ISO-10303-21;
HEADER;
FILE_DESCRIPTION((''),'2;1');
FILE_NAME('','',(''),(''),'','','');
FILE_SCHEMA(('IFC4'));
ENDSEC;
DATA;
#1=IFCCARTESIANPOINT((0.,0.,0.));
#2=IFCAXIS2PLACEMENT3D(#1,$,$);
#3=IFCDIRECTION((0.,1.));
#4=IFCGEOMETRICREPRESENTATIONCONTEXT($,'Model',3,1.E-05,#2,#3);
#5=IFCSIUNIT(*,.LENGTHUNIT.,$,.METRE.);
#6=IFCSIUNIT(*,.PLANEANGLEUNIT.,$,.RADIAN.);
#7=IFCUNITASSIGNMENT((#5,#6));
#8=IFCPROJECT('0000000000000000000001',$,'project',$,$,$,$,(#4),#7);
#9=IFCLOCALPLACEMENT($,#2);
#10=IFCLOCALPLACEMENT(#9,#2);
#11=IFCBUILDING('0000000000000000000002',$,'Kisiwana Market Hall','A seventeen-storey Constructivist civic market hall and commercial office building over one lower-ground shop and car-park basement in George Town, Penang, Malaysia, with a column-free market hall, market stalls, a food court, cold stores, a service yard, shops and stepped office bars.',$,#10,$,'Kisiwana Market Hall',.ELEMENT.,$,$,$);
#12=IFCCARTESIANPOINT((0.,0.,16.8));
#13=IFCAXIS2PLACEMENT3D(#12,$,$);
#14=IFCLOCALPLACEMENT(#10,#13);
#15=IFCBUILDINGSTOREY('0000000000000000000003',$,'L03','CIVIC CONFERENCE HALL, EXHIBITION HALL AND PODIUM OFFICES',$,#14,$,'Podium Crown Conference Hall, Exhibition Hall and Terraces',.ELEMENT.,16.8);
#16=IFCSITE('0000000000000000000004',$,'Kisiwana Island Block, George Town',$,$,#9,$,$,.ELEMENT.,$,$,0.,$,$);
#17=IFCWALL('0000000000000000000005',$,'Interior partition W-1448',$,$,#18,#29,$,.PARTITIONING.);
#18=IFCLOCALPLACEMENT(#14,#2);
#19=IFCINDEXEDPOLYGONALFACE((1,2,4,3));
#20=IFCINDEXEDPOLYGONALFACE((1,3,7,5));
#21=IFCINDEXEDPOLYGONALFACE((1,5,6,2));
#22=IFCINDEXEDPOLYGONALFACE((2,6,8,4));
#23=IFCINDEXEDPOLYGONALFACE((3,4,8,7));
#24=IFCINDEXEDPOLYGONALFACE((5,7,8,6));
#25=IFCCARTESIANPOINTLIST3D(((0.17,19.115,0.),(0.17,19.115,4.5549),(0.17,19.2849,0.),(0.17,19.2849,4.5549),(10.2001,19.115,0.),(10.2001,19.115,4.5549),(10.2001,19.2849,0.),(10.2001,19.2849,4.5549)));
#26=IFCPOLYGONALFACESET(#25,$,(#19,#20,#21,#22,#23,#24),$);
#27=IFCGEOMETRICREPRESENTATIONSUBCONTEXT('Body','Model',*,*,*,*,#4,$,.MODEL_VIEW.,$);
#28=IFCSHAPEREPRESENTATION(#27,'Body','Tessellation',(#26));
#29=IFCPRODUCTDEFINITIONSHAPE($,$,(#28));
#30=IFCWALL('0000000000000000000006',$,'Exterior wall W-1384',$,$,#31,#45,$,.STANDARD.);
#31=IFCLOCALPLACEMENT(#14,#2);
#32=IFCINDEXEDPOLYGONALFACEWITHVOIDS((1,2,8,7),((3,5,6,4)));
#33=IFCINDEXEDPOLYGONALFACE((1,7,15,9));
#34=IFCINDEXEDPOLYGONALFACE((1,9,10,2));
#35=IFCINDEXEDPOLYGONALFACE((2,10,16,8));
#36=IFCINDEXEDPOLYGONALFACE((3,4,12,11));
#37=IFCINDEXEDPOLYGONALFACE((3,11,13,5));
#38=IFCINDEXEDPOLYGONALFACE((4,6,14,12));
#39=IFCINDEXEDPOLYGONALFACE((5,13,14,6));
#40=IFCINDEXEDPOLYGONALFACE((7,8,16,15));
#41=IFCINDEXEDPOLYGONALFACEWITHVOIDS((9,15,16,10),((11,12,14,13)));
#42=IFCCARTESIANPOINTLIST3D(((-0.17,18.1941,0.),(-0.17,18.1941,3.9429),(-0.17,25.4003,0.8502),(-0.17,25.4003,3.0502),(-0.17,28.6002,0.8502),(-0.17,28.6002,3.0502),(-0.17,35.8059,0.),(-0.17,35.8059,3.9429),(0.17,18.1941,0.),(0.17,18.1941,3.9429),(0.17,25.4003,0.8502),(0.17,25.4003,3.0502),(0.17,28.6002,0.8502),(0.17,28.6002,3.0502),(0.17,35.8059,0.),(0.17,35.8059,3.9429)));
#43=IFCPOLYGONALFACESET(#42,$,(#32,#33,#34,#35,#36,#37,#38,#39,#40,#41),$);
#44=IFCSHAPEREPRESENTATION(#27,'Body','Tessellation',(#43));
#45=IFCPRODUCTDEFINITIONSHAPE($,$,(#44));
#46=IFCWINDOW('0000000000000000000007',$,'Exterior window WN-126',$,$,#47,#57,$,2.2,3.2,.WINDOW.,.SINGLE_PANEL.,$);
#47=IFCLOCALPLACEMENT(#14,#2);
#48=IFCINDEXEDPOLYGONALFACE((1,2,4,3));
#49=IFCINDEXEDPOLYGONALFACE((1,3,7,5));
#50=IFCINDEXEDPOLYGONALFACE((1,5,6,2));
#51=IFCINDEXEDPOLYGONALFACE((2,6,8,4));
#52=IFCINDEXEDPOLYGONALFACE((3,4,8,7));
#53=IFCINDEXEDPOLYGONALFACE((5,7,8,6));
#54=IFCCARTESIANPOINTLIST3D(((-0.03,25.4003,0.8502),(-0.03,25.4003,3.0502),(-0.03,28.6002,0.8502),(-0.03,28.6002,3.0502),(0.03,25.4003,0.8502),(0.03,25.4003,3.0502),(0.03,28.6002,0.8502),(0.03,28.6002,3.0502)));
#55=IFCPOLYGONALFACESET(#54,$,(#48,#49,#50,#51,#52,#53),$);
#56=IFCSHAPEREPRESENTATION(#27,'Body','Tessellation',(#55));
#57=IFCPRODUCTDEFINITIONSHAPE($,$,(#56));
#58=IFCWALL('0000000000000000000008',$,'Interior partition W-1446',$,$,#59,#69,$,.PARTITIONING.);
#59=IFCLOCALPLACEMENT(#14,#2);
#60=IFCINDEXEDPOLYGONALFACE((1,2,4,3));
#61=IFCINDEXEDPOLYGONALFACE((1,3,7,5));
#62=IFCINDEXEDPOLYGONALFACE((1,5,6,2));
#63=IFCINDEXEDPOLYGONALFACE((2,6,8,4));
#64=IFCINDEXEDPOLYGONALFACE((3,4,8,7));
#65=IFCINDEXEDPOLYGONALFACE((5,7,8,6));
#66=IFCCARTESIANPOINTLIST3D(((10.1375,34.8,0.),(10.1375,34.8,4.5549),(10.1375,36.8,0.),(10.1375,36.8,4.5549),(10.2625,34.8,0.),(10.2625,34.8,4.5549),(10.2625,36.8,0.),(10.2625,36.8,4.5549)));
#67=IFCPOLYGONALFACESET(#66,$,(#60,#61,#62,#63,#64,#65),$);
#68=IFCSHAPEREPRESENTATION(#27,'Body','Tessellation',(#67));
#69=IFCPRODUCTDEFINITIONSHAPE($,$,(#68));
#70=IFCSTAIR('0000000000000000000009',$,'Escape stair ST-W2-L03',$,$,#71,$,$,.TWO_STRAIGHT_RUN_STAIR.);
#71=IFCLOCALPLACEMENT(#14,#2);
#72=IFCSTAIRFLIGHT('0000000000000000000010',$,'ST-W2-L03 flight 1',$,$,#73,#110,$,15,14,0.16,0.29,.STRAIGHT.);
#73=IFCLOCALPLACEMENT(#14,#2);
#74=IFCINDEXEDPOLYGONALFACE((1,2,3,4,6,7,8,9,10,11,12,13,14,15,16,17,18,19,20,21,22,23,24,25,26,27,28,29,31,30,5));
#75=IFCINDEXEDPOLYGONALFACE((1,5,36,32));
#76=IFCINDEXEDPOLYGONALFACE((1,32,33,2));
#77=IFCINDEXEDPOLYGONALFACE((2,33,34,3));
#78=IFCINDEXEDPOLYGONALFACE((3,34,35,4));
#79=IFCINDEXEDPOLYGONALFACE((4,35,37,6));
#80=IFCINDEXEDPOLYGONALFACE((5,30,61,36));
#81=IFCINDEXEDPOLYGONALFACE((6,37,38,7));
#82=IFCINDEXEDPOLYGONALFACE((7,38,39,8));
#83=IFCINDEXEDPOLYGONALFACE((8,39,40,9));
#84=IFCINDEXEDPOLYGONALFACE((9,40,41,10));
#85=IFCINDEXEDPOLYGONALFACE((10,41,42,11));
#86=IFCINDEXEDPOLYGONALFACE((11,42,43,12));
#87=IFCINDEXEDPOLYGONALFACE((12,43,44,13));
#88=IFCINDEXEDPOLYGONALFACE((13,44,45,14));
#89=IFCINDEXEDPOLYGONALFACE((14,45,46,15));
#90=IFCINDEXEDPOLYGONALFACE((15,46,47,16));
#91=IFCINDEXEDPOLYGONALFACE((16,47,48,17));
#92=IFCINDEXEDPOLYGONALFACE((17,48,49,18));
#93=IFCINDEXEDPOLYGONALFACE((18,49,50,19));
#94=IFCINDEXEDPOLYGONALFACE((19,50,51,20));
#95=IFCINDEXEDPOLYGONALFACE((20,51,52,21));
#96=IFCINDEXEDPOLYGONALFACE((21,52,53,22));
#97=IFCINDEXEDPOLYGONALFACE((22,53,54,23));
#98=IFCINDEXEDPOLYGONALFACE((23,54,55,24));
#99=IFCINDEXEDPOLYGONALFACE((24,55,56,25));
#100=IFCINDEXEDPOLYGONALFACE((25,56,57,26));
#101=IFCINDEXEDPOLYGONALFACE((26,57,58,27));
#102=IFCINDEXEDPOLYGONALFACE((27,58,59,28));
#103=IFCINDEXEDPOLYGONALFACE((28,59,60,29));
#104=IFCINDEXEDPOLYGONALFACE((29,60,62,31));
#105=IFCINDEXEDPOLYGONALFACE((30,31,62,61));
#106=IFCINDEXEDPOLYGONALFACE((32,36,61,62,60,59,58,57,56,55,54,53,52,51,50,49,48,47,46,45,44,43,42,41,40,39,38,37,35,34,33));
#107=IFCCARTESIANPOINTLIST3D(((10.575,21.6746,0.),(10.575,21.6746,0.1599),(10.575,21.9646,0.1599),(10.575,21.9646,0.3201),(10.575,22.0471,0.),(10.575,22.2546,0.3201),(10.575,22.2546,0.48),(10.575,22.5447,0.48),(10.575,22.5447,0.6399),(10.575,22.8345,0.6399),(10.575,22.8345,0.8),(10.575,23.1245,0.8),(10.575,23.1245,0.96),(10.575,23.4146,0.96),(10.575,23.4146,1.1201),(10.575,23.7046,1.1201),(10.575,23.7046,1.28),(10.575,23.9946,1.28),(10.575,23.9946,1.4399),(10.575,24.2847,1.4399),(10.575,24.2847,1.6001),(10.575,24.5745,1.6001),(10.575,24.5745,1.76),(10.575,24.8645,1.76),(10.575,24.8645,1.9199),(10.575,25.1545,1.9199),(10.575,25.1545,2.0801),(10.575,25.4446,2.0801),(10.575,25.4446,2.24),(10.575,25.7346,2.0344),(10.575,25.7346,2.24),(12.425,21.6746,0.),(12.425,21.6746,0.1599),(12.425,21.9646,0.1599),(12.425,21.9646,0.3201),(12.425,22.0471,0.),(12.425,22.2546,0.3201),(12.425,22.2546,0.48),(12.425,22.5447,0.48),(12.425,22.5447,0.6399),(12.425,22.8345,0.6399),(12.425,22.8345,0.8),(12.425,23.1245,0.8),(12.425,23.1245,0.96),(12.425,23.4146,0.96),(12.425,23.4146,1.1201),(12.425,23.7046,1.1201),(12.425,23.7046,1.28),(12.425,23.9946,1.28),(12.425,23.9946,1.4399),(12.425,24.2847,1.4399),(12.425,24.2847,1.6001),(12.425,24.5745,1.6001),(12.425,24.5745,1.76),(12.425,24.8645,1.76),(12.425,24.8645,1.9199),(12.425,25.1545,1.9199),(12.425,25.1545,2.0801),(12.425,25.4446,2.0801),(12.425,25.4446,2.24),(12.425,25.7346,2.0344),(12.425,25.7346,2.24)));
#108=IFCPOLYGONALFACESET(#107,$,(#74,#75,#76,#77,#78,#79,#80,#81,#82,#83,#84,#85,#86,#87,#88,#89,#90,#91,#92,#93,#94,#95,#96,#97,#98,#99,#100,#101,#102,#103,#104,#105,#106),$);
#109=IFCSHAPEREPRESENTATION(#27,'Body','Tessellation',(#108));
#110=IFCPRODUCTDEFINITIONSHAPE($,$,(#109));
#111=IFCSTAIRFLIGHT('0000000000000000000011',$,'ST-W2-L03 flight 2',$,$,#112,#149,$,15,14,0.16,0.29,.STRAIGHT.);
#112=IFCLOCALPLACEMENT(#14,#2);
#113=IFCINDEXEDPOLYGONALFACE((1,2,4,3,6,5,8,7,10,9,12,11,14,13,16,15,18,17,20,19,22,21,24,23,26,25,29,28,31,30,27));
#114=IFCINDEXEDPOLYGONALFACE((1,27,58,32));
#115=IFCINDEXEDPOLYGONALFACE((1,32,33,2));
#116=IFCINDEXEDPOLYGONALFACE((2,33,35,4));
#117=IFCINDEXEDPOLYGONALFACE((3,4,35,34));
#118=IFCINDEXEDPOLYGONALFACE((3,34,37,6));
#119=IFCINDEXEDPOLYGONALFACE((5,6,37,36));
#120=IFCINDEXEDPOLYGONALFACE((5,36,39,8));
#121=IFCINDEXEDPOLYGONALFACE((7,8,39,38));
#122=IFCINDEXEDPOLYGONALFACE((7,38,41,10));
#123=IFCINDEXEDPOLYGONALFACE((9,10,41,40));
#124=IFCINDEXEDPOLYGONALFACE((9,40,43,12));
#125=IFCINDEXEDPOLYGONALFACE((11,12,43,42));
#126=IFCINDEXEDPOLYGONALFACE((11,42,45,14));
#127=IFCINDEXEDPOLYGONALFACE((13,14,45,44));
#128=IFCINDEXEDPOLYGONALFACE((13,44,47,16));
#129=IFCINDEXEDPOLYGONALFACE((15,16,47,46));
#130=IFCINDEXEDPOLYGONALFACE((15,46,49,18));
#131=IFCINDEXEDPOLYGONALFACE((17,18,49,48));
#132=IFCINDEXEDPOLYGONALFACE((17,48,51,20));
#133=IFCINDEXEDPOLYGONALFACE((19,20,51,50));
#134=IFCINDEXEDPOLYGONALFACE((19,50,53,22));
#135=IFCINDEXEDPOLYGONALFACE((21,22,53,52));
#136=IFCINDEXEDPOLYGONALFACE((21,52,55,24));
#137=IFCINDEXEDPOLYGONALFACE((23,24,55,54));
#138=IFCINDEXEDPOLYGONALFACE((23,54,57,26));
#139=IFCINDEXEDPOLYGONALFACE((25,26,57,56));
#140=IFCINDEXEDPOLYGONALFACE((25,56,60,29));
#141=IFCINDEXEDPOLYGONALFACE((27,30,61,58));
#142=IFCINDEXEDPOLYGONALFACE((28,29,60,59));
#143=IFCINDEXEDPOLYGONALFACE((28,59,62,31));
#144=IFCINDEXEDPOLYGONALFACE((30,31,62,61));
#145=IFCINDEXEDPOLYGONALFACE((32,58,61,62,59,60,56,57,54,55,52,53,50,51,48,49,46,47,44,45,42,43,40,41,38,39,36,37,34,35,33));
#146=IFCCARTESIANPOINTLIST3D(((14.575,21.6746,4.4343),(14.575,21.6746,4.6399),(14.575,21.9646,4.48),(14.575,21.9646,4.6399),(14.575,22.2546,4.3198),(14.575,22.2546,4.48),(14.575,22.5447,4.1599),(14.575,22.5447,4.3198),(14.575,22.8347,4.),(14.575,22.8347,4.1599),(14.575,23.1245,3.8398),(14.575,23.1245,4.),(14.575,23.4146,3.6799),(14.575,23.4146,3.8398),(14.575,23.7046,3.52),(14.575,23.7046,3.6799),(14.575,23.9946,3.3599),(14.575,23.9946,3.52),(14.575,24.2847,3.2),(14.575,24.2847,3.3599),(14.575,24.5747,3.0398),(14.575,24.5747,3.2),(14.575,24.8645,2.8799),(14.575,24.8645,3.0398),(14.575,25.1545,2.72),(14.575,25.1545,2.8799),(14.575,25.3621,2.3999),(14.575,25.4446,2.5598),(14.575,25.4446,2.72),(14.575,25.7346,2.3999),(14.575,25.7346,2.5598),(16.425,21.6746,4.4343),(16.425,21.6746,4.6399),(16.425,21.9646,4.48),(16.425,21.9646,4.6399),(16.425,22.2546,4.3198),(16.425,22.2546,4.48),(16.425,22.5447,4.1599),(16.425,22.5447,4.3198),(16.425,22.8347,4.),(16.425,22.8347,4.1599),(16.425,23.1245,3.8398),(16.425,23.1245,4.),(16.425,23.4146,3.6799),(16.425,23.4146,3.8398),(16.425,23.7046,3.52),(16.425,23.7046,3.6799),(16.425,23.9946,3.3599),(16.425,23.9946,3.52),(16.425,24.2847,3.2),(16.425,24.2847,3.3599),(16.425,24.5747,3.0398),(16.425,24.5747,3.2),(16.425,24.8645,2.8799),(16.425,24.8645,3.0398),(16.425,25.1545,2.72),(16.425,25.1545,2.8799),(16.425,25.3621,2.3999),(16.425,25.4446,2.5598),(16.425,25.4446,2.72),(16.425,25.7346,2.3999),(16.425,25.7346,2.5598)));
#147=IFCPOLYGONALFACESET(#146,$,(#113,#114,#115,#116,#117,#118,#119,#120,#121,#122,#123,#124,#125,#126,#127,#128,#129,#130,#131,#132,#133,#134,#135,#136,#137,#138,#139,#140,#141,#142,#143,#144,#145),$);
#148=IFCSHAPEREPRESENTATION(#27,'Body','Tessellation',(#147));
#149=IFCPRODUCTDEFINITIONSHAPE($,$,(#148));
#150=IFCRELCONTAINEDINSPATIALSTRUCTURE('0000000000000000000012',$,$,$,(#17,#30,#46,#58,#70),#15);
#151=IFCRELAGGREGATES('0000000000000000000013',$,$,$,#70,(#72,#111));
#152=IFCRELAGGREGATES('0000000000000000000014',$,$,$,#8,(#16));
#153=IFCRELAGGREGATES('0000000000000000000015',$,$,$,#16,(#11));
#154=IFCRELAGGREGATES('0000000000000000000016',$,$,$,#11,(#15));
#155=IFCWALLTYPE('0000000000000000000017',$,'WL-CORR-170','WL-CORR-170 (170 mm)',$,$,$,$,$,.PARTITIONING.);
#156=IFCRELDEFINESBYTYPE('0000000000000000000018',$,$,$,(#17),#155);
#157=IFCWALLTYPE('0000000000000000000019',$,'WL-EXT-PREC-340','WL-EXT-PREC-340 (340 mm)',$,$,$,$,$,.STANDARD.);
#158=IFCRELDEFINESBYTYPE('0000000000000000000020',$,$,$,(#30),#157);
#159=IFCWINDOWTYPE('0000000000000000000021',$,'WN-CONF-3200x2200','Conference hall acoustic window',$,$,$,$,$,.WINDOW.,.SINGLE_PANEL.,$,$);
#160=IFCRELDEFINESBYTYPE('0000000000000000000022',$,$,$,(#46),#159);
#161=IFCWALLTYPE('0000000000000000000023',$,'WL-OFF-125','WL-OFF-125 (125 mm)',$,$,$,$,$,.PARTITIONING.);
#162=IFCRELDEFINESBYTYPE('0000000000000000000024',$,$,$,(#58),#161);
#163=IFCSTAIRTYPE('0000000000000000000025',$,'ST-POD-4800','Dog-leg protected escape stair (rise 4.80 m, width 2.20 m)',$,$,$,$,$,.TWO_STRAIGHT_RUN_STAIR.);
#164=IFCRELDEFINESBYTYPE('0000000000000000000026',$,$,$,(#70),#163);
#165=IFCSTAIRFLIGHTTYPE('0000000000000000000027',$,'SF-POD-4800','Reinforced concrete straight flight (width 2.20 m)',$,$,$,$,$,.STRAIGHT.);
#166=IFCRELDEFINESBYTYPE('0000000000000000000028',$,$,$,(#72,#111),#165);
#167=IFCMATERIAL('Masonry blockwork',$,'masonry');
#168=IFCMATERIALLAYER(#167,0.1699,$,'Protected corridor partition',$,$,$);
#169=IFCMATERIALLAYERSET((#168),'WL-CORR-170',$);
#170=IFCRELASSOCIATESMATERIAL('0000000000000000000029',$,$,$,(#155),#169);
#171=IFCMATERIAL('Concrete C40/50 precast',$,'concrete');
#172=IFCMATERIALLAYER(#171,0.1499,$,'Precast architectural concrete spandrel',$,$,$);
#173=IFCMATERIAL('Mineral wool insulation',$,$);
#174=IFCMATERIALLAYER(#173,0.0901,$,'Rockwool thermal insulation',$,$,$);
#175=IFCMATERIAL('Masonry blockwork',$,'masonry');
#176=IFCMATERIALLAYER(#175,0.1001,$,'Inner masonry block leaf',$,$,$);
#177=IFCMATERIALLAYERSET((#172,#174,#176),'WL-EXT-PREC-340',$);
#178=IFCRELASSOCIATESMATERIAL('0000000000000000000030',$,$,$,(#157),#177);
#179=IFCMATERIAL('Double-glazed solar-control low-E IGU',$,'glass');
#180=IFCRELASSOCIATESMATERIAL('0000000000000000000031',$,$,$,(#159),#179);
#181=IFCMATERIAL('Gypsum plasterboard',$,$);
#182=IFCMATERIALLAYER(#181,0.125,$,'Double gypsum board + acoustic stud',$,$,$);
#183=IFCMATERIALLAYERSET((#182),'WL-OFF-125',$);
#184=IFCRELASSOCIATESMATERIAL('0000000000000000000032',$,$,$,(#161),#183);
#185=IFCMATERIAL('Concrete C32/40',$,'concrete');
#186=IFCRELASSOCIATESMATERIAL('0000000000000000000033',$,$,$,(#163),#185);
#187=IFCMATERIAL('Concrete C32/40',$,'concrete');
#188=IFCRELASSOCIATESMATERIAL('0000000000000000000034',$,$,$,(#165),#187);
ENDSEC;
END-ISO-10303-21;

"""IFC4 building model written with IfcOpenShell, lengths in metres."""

from ifc_helpers import new_model, si_unit, direction, frame, frame_2d, origin, place, context, subcontext, project, spatial, polyline, rectangle, outline, extrude, material, layer, layer_set, type_object, element, fill, aggregate, save


model = new_model("IFC4")

# Units and contexts
model_context = context("Model", 3, precision=1e-05, world=origin(), true_north=direction((0.0, 1.0)))
body_context = subcontext(model_context, "Body", "Model", "MODEL_VIEW")
ifc_project = project(units=[si_unit("LENGTHUNIT", "METRE"), si_unit("PLANEANGLEUNIT", "RADIAN")], contexts=[model_context])

# Site, building, storey
site_placement = place(None, origin())
site = spatial("IfcSite", under=ifc_project, at=site_placement, Name="Kisiwana Island Block, George Town", CompositionType="ELEMENT", RefElevation=0.0)
building_placement = place(site_placement, origin())
building = spatial("IfcBuilding", under=site, at=building_placement, Name="Kisiwana Market Hall", Description="A seventeen-storey Constructivist civic market hall and commercial office building over one lower-ground shop and car-park basement in George Town, Penang, Malaysia, with a column-free market hall, market stalls, a food court, cold stores, a service yard, shops and stepped office bars.", LongName="Kisiwana Market Hall", CompositionType="ELEMENT")
storey_placement = place(building_placement, frame((0.0, 0.0, 16.8)))
storey = spatial("IfcBuildingStorey", under=building, at=storey_placement, Name="L03", Description="CIVIC CONFERENCE HALL, EXHIBITION HALL AND PODIUM OFFICES", LongName="Podium Crown Conference Hall, Exhibition Hall and Terraces", CompositionType="ELEMENT", Elevation=16.8)

# Wall
ifc_material_1 = material(Name="Masonry blockwork", Category="masonry")
ifc_layer_1 = layer(ifc_material_1, 0.1699, Name="Protected corridor partition")
ifc_layer_set_1 = layer_set([ifc_layer_1], Name="WL-CORR-170")
wall_type_1 = type_object("IfcWallType", Name="WL-CORR-170", Description="WL-CORR-170 (170 mm)", PredefinedType="PARTITIONING", material=ifc_layer_set_1)
wall_1_placement = place(storey_placement, frame((0.1699, 19.2, 0.0), z_axis=(0.0, 0.0, 1.0), x_axis=(1.0, 0.0, 0.0)))
element("IfcWall", 1, at=wall_1_placement, inside=storey, type_object=wall_type_1, Name="Interior partition W-1448", PredefinedType="PARTITIONING", context=body_context, shape_type="SweptSolid", body=[
    extrude(rectangle(XDim=10.03, YDim=0.1699, at=frame_2d((5.0151, 0.0))), origin(), (0.0, 0.0, 1.0), 4.5549),
])

# Wall, opening, window
ifc_material_2 = material(Name="Concrete C40/50 precast", Category="concrete")
ifc_layer_2 = layer(ifc_material_2, 0.1499, Name="Precast architectural concrete spandrel")
ifc_material_3 = material(Name="Mineral wool insulation")
ifc_layer_3 = layer(ifc_material_3, 0.0901, Name="Rockwool thermal insulation")
ifc_material_4 = material(Name="Masonry blockwork", Category="masonry")
ifc_layer_4 = layer(ifc_material_4, 0.1001, Name="Inner masonry block leaf")
ifc_layer_set_2 = layer_set([ifc_layer_2, ifc_layer_3, ifc_layer_4], Name="WL-EXT-PREC-340")
wall_type_2 = type_object("IfcWallType", Name="WL-EXT-PREC-340", Description="WL-EXT-PREC-340 (340 mm)", PredefinedType="STANDARD", material=ifc_layer_set_2)
wall_2_placement = place(storey_placement, frame((0.0, 18.1941, 0.0), z_axis=(0.0, 0.0, 1.0), x_axis=(0.0, 1.0, 0.0)))
wall_2 = element("IfcWall", 2, at=wall_2_placement, inside=storey, type_object=wall_type_2, Name="Exterior wall W-1384", PredefinedType="STANDARD", context=body_context, shape_type="SweptSolid", body=[
    extrude(rectangle(XDim=17.6118, YDim=0.3401, at=frame_2d((8.8059, 0.0))), origin(), (0.0, 0.0, 1.0), 3.9429),
])
opening_1_placement = place(wall_2_placement, frame((7.2061, 0.0, 0.8501)))
opening_1 = element("IfcOpeningElement", 3, at=opening_1_placement, cuts=wall_2, PredefinedType="OPENING", context=body_context, shape_type="SweptSolid", body=[
    extrude(rectangle(XDim=3.2, YDim=2.2, at=frame_2d((1.6001, 1.1001))), frame((0.0, 0.1821, 0.0), z_axis=(0.0, -1.0, 0.0), x_axis=(1.0, 0.0, 0.0)), (0.0, 0.0, 1.0), 0.364),
])
ifc_material_5 = material(Name="Double-glazed solar-control low-E IGU", Category="glass")
window_type = type_object("IfcWindowType", Name="WN-CONF-3200x2200", Description="Conference hall acoustic window", PartitioningType="SINGLE_PANEL", PredefinedType="WINDOW", material=ifc_material_5)
window_placement = place(opening_1_placement, origin())
window = element("IfcWindow", 4, at=window_placement, inside=storey, type_object=window_type, Name="Exterior window WN-126", OverallHeight=2.2, OverallWidth=3.2, PartitioningType="SINGLE_PANEL", PredefinedType="WINDOW", context=body_context, shape_type="SweptSolid", body=[
    extrude(rectangle(XDim=3.2, YDim=2.2, at=frame_2d((1.6001, 1.1001))), frame((0.0, 0.03, 0.0), z_axis=(0.0, -1.0, 0.0), x_axis=(1.0, 0.0, 0.0)), (0.0, 0.0, 1.0), 0.0601),
])
fill(opening_1, window)

# Wall
ifc_material_6 = material(Name="Gypsum plasterboard")
ifc_layer_5 = layer(ifc_material_6, 0.125, Name="Double gypsum board + acoustic stud")
ifc_layer_set_3 = layer_set([ifc_layer_5], Name="WL-OFF-125")
wall_type_3 = type_object("IfcWallType", Name="WL-OFF-125", Description="WL-OFF-125 (125 mm)", PredefinedType="PARTITIONING", material=ifc_layer_set_3)
wall_3_placement = place(storey_placement, frame((10.2, 34.8, 0.0), z_axis=(0.0, 0.0, 1.0), x_axis=(0.0, 1.0, 0.0)))
element("IfcWall", 5, at=wall_3_placement, inside=storey, type_object=wall_type_3, Name="Interior partition W-1446", PredefinedType="PARTITIONING", context=body_context, shape_type="SweptSolid", body=[
    extrude(rectangle(XDim=2.0, YDim=0.125, at=frame_2d((1.0, 0.0))), origin(), (0.0, 0.0, 1.0), 4.5549),
])

# Stair, stair flights
ifc_material_7 = material(Name="Concrete C32/40", Category="concrete")
stair_type = type_object("IfcStairType", Name="ST-POD-4800", Description="Dog-leg protected escape stair (rise 4.80 m, width 2.20 m)", PredefinedType="TWO_STRAIGHT_RUN_STAIR", material=ifc_material_7)
stair_placement = place(storey_placement, origin())
stair = element("IfcStair", 6, at=stair_placement, inside=storey, type_object=stair_type, Name="Escape stair ST-W2-L03", PredefinedType="TWO_STRAIGHT_RUN_STAIR")
ifc_material_8 = material(Name="Concrete C32/40", Category="concrete")
stair_flight_type = type_object("IfcStairFlightType", Name="SF-POD-4800", Description="Reinforced concrete straight flight (width 2.20 m)", PredefinedType="STRAIGHT", material=ifc_material_8)
stair_flight_1_placement = place(storey_placement, frame((11.5, 21.6746, 0.0), z_axis=(0.0, 0.0, 1.0), x_axis=(0.0, 1.0, 0.0)))
stair_flight_1 = element("IfcStairFlight", 7, at=stair_flight_1_placement, type_object=stair_flight_type, Name="ST-W2-L03 flight 1", NumberOfRisers=15, NumberOfTreads=14, PredefinedType="STRAIGHT", RiserHeight=0.16, TreadLength=0.29, context=body_context, shape_type="SweptSolid", body=[
    extrude(outline(polyline([(0.0, 0.0), (0.0, 0.1599), (0.29, 0.1599), (0.29, 0.3201), (0.5801, 0.3201), (0.5801, 0.48), (0.8701, 0.48), (0.8701, 0.6399), (1.1599, 0.6399), (1.1599, 0.8), (1.45, 0.8), (1.45, 0.96), (1.74, 0.96), (1.74, 1.1201), (2.03, 1.1201), (2.03, 1.28), (2.3201, 1.28), (2.3201, 1.4399), (2.6101, 1.4399), (2.6101, 1.6001), (2.8999, 1.6001), (2.8999, 1.76), (3.1899, 1.76), (3.1899, 1.9199), (3.48, 1.9199), (3.48, 2.0801), (3.77, 2.0801), (3.77, 2.24), (4.0601, 2.24), (4.0601, 2.3999), (4.0601, 2.0344), (0.3726, 0.0), (0.0, 0.0)])), frame((0.0, 0.925, 0.0), z_axis=(0.0, -1.0, 0.0), x_axis=(1.0, 0.0, 0.0)), (0.0, 0.0, 1.0), 1.8501),
])
stair_flight_2_placement = place(storey_placement, frame((15.5, 25.7346, 2.3999), z_axis=(0.0, 0.0, 1.0), x_axis=(0.0, -1.0, 0.0)))
stair_flight_2 = element("IfcStairFlight", 8, at=stair_flight_2_placement, type_object=stair_flight_type, Name="ST-W2-L03 flight 2", NumberOfRisers=15, NumberOfTreads=14, PredefinedType="STRAIGHT", RiserHeight=0.16, TreadLength=0.29, context=body_context, shape_type="SweptSolid", body=[
    extrude(outline(polyline([(0.0, 0.0), (0.0, 0.1599), (0.29, 0.1599), (0.29, 0.3201), (0.5801, 0.3201), (0.5801, 0.48), (0.8701, 0.48), (0.8701, 0.6399), (1.1599, 0.6399), (1.1599, 0.8), (1.45, 0.8), (1.45, 0.96), (1.74, 0.96), (1.74, 1.1201), (2.03, 1.1201), (2.03, 1.28), (2.3201, 1.28), (2.3201, 1.4399), (2.6101, 1.4399), (2.6101, 1.6001), (2.8999, 1.6001), (2.8999, 1.76), (3.1899, 1.76), (3.1899, 1.9199), (3.48, 1.9199), (3.48, 2.0801), (3.77, 2.0801), (3.77, 2.24), (4.0601, 2.24), (4.0601, 2.3999), (4.0601, 2.0344), (0.3726, 0.0), (0.0, 0.0)])), frame((0.0, 0.925, 0.0), z_axis=(0.0, -1.0, 0.0), x_axis=(1.0, 0.0, 0.0)), (0.0, 0.0, 1.0), 1.8501),
])
aggregate(stair, [stair_flight_1, stair_flight_2])

save(model, "model.ifc")
